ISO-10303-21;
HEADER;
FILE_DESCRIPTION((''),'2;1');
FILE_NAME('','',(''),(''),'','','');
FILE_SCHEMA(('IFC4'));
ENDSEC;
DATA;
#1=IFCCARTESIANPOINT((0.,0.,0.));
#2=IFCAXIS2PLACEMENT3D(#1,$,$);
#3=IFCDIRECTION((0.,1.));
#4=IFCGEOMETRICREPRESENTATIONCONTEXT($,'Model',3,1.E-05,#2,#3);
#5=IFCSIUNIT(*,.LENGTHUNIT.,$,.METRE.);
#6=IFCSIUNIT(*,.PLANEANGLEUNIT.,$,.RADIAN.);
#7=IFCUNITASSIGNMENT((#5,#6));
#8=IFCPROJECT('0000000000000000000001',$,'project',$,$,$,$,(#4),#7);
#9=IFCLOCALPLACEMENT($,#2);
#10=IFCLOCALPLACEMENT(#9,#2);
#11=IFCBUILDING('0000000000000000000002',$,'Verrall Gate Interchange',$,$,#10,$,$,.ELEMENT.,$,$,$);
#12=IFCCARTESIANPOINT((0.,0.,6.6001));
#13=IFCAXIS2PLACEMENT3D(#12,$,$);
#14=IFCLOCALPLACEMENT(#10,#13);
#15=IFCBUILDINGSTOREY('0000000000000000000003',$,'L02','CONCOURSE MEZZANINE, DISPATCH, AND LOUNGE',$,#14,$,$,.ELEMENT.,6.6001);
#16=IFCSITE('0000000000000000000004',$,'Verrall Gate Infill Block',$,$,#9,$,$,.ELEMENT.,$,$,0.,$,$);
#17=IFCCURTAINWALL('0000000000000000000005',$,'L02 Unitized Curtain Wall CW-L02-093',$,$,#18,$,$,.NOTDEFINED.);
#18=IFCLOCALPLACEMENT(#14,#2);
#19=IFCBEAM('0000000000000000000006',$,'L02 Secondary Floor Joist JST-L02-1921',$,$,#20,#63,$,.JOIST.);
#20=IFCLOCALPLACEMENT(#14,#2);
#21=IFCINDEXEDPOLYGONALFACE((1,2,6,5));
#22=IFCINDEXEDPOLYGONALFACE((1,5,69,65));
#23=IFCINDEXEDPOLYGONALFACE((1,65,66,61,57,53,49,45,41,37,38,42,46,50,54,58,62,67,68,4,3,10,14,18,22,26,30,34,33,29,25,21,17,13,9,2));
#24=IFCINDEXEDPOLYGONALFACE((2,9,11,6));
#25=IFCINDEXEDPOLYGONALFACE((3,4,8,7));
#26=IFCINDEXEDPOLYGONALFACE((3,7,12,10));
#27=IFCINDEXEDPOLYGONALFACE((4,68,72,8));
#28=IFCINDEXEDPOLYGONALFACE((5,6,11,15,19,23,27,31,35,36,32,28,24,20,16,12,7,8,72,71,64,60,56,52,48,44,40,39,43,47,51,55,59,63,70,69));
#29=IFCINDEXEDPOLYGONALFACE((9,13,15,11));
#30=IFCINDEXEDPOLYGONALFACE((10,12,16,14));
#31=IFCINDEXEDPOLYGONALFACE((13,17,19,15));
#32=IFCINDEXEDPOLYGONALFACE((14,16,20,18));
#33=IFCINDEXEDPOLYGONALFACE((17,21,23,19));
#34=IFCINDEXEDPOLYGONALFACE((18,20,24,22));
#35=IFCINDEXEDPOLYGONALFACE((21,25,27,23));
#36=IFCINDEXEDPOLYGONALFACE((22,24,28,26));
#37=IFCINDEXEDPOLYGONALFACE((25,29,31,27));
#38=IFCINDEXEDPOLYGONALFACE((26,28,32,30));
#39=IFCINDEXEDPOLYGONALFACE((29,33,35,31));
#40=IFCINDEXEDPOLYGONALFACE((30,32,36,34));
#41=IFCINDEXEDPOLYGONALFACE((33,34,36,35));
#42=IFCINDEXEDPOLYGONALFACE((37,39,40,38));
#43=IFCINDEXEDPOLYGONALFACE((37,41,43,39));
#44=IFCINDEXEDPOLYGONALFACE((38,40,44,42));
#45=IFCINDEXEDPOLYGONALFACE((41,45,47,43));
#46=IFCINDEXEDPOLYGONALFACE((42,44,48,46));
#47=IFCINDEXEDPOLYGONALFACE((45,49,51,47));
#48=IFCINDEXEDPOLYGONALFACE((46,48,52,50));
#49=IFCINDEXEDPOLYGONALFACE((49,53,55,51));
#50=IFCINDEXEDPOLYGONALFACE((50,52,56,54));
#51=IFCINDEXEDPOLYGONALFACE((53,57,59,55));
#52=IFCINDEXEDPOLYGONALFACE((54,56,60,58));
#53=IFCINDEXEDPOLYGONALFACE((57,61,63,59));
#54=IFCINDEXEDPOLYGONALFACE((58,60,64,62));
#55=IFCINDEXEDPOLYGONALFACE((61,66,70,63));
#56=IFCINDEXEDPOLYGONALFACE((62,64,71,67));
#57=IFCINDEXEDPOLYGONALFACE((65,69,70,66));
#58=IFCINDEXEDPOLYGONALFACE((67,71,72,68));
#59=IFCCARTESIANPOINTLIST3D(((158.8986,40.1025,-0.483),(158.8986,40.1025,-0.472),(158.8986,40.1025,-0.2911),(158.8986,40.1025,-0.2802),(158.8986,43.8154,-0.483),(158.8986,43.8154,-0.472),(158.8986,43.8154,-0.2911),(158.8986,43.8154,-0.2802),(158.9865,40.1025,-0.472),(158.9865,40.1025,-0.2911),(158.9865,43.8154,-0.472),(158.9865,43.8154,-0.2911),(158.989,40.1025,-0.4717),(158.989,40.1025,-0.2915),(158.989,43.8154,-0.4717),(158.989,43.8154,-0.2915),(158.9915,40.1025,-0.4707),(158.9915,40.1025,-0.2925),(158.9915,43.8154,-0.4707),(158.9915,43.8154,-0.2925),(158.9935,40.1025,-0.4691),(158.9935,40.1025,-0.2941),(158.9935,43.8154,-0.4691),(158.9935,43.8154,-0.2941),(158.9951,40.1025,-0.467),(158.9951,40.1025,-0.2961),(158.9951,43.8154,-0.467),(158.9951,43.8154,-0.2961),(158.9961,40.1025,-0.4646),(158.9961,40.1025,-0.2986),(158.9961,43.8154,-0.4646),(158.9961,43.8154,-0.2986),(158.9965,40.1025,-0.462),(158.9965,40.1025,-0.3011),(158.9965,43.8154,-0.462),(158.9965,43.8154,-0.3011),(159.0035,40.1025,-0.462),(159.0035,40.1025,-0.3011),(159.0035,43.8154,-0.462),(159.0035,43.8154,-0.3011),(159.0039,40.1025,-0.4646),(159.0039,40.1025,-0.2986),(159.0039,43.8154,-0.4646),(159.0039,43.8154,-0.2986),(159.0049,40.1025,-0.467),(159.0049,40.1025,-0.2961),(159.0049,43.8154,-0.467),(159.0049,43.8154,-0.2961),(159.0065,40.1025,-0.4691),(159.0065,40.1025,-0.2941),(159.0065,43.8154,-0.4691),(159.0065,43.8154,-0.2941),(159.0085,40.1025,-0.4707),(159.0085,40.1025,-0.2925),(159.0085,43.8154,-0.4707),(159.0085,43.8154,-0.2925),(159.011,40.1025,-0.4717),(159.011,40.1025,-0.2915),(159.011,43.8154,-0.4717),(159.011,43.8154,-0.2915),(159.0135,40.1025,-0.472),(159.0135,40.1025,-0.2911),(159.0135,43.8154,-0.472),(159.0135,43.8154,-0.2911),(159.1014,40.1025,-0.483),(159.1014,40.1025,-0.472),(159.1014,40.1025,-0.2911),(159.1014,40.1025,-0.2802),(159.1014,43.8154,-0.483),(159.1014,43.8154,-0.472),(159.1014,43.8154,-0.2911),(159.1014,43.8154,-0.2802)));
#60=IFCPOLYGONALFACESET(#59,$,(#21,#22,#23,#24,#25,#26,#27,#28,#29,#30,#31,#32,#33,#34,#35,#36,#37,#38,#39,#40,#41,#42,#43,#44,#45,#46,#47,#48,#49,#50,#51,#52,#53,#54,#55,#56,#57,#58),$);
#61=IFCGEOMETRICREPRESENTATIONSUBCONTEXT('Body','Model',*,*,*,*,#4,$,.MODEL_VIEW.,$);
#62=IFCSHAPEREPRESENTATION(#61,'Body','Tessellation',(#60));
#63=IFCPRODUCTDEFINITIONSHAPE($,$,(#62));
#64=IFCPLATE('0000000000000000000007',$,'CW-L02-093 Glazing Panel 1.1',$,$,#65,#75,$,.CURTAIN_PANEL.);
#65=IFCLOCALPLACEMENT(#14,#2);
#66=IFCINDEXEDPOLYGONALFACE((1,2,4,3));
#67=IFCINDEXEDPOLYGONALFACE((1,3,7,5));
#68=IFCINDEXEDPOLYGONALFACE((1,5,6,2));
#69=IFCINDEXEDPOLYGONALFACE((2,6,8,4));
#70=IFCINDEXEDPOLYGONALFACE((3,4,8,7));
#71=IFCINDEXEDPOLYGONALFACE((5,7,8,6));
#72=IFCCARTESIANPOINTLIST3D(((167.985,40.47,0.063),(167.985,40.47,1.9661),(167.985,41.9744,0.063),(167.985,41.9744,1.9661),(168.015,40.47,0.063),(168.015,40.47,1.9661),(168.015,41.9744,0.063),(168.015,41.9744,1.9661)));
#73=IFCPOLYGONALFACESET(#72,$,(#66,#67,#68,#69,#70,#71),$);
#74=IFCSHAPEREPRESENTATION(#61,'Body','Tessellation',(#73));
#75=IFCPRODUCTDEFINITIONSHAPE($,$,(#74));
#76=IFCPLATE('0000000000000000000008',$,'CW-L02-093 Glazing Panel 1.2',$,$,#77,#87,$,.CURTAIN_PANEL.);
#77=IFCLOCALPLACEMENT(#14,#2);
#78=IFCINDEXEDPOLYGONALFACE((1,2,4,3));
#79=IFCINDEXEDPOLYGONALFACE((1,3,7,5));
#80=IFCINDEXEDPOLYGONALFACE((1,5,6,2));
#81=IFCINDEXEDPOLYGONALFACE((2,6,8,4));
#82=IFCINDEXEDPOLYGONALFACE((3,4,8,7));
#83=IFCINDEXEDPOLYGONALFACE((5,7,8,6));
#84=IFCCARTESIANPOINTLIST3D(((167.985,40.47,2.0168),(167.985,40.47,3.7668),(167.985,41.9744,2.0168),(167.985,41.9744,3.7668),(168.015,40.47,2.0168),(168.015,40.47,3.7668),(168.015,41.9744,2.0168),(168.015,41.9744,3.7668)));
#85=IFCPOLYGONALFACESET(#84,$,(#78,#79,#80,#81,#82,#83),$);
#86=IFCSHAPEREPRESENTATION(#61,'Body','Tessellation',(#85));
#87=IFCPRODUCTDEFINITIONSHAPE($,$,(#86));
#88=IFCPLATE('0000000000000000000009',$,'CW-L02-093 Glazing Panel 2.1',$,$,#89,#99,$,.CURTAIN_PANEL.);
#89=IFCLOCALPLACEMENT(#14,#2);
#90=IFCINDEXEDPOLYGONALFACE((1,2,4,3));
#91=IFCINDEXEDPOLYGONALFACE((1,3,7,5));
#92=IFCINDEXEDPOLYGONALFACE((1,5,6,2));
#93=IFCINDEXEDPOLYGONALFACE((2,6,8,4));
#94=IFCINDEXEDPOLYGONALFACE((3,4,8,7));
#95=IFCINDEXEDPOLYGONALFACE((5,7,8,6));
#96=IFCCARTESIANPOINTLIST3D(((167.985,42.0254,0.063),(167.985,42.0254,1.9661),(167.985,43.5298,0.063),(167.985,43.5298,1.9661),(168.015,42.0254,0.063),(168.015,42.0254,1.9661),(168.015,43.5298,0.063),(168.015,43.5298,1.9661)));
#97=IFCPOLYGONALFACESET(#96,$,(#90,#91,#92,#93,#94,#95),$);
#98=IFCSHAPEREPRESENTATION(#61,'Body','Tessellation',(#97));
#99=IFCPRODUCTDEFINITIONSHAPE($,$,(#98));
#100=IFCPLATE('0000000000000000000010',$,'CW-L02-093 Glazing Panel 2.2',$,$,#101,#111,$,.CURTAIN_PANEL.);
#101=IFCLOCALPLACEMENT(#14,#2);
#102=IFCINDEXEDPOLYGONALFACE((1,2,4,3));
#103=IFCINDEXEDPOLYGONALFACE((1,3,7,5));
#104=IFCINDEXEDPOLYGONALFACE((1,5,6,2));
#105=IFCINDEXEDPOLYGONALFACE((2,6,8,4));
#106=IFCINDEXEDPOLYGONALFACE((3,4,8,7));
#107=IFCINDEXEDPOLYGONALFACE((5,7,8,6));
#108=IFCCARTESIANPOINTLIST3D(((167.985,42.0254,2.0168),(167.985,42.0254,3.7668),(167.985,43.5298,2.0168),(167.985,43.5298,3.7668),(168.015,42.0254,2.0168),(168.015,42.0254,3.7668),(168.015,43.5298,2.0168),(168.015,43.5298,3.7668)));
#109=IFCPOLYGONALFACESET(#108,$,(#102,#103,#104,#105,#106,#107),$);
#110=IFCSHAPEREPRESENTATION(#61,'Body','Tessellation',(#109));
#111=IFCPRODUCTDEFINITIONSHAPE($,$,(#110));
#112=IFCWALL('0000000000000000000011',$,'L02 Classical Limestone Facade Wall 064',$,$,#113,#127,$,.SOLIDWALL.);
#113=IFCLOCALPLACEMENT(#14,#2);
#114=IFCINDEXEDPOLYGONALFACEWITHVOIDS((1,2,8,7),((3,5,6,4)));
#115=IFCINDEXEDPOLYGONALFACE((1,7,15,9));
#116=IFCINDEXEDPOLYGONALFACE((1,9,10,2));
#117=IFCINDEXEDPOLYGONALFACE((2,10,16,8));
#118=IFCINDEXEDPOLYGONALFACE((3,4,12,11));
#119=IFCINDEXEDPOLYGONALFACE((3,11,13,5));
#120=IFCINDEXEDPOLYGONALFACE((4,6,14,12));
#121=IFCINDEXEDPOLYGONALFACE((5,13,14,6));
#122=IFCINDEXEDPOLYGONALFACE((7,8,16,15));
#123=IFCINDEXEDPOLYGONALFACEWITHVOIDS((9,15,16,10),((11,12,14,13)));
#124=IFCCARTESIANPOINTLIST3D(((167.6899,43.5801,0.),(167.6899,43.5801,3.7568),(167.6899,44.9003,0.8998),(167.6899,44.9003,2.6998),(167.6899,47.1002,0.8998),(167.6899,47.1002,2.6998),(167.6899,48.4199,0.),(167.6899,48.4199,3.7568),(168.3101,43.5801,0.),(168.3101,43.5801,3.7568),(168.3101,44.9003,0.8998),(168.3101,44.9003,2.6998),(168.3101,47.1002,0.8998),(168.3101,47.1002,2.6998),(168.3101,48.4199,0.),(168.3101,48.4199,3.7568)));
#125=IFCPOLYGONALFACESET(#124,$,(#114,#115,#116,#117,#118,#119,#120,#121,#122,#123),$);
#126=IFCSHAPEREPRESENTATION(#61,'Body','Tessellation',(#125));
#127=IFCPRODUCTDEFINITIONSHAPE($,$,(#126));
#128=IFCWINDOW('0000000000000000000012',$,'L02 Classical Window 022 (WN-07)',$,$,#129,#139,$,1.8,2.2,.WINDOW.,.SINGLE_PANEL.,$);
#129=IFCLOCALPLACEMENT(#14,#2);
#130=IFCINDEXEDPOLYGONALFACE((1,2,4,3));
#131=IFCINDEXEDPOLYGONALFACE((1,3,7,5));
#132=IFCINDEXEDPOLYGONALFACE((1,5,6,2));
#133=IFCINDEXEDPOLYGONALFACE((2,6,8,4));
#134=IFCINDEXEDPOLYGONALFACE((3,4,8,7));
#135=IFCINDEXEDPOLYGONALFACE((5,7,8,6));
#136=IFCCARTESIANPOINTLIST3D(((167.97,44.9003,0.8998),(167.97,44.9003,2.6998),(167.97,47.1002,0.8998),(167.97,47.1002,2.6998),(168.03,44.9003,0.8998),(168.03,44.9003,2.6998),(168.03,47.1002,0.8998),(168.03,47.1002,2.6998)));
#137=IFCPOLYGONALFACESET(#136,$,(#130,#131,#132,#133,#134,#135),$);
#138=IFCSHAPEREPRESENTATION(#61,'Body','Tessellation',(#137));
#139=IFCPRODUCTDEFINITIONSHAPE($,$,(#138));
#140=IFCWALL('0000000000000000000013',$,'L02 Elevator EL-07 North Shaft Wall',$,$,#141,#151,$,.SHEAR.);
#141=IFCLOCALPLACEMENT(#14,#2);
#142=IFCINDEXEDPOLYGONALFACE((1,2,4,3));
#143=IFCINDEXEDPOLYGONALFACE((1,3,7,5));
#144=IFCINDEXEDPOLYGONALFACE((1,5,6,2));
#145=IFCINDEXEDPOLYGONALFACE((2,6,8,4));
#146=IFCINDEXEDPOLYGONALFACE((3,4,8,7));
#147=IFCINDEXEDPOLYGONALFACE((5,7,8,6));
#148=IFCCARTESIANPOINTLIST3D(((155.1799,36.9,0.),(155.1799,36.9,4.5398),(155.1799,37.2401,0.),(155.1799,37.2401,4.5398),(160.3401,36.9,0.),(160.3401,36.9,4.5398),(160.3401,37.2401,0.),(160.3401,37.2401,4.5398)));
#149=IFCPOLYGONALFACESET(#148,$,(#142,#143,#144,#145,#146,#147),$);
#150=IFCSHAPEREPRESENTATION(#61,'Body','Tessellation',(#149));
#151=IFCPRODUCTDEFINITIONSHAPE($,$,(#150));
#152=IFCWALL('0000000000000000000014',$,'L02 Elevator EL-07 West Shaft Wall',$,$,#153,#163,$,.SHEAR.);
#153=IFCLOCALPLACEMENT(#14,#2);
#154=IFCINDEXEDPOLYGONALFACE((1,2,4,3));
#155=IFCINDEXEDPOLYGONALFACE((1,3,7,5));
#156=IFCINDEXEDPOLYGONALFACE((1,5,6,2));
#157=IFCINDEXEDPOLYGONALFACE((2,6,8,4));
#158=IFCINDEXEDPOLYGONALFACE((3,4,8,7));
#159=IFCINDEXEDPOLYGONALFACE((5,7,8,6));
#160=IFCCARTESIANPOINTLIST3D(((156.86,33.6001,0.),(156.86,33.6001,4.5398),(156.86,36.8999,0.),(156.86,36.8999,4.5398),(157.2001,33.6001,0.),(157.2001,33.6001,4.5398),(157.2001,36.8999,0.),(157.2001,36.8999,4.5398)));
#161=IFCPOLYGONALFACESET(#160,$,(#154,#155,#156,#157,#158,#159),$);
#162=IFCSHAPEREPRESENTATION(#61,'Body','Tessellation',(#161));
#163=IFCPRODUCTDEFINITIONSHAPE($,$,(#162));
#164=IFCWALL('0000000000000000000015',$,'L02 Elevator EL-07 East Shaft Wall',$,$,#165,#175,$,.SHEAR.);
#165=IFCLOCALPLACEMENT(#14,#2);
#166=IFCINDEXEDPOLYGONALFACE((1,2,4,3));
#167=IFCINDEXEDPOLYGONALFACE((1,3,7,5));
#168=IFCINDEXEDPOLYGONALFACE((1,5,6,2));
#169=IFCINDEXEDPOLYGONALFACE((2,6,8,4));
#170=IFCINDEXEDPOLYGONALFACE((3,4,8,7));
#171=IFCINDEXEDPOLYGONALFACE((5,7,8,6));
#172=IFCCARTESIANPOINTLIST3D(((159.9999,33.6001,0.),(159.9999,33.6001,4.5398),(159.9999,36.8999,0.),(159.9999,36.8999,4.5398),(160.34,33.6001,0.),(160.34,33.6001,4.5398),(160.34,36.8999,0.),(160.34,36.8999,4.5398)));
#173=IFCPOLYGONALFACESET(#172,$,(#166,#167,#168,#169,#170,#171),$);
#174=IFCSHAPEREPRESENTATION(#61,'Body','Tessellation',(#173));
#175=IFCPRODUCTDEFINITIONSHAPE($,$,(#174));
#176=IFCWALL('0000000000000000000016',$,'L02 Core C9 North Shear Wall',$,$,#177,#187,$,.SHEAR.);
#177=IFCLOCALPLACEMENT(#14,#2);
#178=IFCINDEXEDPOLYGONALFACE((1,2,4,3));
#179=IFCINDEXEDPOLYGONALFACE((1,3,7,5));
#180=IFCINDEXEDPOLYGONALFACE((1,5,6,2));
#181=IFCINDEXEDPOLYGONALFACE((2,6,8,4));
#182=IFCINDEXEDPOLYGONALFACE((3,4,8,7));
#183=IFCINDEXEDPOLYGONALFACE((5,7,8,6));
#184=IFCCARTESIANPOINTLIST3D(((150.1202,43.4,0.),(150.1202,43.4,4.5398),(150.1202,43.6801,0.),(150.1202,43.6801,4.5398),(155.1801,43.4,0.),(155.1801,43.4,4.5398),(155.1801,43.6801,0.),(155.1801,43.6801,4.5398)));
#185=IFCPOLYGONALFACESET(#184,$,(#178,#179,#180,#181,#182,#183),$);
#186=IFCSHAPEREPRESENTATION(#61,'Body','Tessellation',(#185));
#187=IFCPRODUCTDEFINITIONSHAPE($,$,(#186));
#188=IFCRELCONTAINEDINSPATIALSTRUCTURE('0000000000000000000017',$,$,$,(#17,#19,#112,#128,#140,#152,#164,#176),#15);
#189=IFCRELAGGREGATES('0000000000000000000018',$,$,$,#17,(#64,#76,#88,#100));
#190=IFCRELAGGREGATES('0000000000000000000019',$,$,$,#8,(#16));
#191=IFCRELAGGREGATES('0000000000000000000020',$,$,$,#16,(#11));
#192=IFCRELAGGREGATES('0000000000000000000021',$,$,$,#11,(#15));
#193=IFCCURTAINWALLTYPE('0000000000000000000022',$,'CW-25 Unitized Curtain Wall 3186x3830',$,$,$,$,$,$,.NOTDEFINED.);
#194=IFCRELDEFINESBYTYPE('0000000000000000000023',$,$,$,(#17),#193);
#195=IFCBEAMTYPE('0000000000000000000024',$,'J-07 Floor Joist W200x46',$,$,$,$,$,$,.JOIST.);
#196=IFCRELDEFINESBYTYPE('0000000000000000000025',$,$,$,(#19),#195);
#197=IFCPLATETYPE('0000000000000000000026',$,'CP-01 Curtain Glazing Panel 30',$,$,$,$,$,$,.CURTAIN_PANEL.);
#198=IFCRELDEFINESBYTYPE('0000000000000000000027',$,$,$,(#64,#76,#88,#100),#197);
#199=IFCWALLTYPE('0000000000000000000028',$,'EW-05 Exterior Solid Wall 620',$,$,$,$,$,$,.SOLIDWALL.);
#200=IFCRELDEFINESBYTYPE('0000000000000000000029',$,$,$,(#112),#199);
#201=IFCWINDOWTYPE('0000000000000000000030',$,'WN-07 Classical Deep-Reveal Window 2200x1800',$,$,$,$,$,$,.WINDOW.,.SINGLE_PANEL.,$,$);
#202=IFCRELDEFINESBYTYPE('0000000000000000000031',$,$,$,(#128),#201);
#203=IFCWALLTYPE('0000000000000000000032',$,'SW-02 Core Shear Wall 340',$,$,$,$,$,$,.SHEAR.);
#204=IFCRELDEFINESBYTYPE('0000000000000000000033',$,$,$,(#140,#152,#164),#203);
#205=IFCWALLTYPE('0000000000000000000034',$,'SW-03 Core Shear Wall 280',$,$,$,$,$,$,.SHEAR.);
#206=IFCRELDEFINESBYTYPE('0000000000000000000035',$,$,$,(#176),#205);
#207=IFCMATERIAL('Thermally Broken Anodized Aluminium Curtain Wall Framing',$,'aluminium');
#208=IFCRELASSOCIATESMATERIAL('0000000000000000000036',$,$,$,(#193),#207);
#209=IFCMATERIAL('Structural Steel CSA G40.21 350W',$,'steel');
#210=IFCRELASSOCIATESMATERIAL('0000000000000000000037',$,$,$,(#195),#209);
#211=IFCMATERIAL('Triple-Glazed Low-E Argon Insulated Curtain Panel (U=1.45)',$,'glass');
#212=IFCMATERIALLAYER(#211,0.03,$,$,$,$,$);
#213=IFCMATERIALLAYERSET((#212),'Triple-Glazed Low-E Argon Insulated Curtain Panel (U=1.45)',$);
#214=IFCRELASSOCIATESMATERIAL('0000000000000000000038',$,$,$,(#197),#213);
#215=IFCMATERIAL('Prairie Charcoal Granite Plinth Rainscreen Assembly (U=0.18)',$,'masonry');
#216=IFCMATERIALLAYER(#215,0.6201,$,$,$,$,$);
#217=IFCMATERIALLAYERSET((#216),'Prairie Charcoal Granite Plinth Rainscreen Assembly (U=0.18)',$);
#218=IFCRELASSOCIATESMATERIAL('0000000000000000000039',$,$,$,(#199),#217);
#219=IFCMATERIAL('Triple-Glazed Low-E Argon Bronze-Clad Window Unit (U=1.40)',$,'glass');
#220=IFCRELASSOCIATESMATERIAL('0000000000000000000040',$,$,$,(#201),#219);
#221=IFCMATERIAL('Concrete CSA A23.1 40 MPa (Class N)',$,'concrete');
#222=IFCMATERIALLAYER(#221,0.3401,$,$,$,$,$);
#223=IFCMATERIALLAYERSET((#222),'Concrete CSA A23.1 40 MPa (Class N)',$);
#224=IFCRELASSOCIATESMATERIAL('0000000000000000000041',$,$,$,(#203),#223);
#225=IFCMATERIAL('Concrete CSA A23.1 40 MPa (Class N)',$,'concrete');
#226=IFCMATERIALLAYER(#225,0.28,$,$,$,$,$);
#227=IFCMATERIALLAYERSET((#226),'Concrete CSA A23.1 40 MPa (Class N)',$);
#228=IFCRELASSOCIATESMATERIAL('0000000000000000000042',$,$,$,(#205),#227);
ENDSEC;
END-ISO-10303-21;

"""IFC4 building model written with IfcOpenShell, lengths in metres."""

from ifc_helpers import new_model, si_unit, direction, frame, frame_2d, origin, origin_2d, place, context, subcontext, project, spatial, rectangle, i_section, extrude, material, layer, layer_set, material_profile, profile_set, type_object, element, fill, aggregate, save


model = new_model("IFC4")

# Units and contexts
model_context = context("Model", 3, precision=1e-05, world=origin(), true_north=direction((0.0, 1.0)))
body_context = subcontext(model_context, "Body", "Model", "MODEL_VIEW")
ifc_project = project(units=[si_unit("LENGTHUNIT", "METRE"), si_unit("PLANEANGLEUNIT", "RADIAN")], contexts=[model_context])

# Site, building, storey
site_placement = place(None, origin())
site = spatial("IfcSite", under=ifc_project, at=site_placement, Name="Verrall Gate Infill Block", CompositionType="ELEMENT", RefElevation=0.0)
building_placement = place(site_placement, origin())
building = spatial("IfcBuilding", under=site, at=building_placement, Name="Verrall Gate Interchange", CompositionType="ELEMENT")
storey_placement = place(building_placement, frame((0.0, 0.0, 6.6001)))
storey = spatial("IfcBuildingStorey", under=building, at=storey_placement, Name="L02", Description="CONCOURSE MEZZANINE, DISPATCH, AND LOUNGE", CompositionType="ELEMENT", Elevation=6.6001)

# Curtain wall
ifc_material_1 = material(Name="Thermally Broken Anodized Aluminium Curtain Wall Framing", Category="aluminium")
curtain_wall_type = type_object("IfcCurtainWallType", Name="CW-25 Unitized Curtain Wall 3186x3830", PredefinedType="NOTDEFINED", material=ifc_material_1)
curtain_wall_placement = place(storey_placement, origin())
curtain_wall = element("IfcCurtainWall", 1, at=curtain_wall_placement, inside=storey, type_object=curtain_wall_type, Name="L02 Unitized Curtain Wall CW-L02-093", PredefinedType="NOTDEFINED")

# Beam
ifc_material_2 = material(Name="Structural Steel CSA G40.21 350W", Category="steel")
ifc_material_profile_1 = material_profile(ifc_material_2, i_section(OverallWidth=0.2029, OverallDepth=0.2029, WebThickness=0.0071, FlangeThickness=0.011, FilletRadius=0.01, at=origin_2d()), Name="W200x46")
ifc_profile_set_1 = profile_set([ifc_material_profile_1], Name="Structural Steel CSA G40.21 350W")
beam_type_1 = type_object("IfcBeamType", Name="J-07 Floor Joist W200x46", PredefinedType="JOIST", material=ifc_profile_set_1)
beam_1_placement = place(storey_placement, frame((159.0, 40.1025, -0.3816), z_axis=(0.0, 1.0, 0.0), x_axis=(-1.0, 0.0, 0.0)))
element("IfcBeam", 2, at=beam_1_placement, inside=storey, type_object=beam_type_1, Name="L02 Secondary Floor Joist JST-L02-1921", PredefinedType="JOIST", context=body_context, shape_type="SweptSolid", body=[
    extrude(i_section(OverallWidth=0.2029, OverallDepth=0.2029, WebThickness=0.0071, FlangeThickness=0.011, FilletRadius=0.01, at=origin_2d()), origin(), (0.0, 0.0, 1.0), 3.7129),
])

# Plates
ifc_material_3 = material(Name="Triple-Glazed Low-E Argon Insulated Curtain Panel (U=1.45)", Category="glass")
ifc_layer_1 = layer(ifc_material_3, 0.03)
ifc_layer_set_1 = layer_set([ifc_layer_1], Name="Triple-Glazed Low-E Argon Insulated Curtain Panel (U=1.45)")
plate_type = type_object("IfcPlateType", Name="CP-01 Curtain Glazing Panel 30", PredefinedType="CURTAIN_PANEL", material=ifc_layer_set_1)
plate_1_placement = place(storey_placement, frame((168.0, 41.2222, 0.063), z_axis=(0.0, 0.0, 1.0), x_axis=(0.0, 1.0, 0.0)))
plate_1 = element("IfcPlate", 3, at=plate_1_placement, type_object=plate_type, Name="CW-L02-093 Glazing Panel 1.1", PredefinedType="CURTAIN_PANEL", context=body_context, shape_type="SweptSolid", body=[
    extrude(rectangle(XDim=1.5044, YDim=0.03, at=origin_2d()), origin(), (0.0, 0.0, 1.0), 1.9031),
])
plate_2_placement = place(storey_placement, frame((168.0, 41.2222, 2.0168), z_axis=(0.0, 0.0, 1.0), x_axis=(0.0, 1.0, 0.0)))
plate_2 = element("IfcPlate", 4, at=plate_2_placement, type_object=plate_type, Name="CW-L02-093 Glazing Panel 1.2", PredefinedType="CURTAIN_PANEL", context=body_context, shape_type="SweptSolid", body=[
    extrude(rectangle(XDim=1.5044, YDim=0.03, at=origin_2d()), origin(), (0.0, 0.0, 1.0), 1.75),
])
plate_3_placement = place(storey_placement, frame((168.0, 42.7776, 0.063), z_axis=(0.0, 0.0, 1.0), x_axis=(0.0, 1.0, 0.0)))
plate_3 = element("IfcPlate", 5, at=plate_3_placement, type_object=plate_type, Name="CW-L02-093 Glazing Panel 2.1", PredefinedType="CURTAIN_PANEL", context=body_context, shape_type="SweptSolid", body=[
    extrude(rectangle(XDim=1.5044, YDim=0.03, at=origin_2d()), origin(), (0.0, 0.0, 1.0), 1.9031),
])
plate_4_placement = place(storey_placement, frame((168.0, 42.7776, 2.0168), z_axis=(0.0, 0.0, 1.0), x_axis=(0.0, 1.0, 0.0)))
plate_4 = element("IfcPlate", 6, at=plate_4_placement, type_object=plate_type, Name="CW-L02-093 Glazing Panel 2.2", PredefinedType="CURTAIN_PANEL", context=body_context, shape_type="SweptSolid", body=[
    extrude(rectangle(XDim=1.5044, YDim=0.03, at=origin_2d()), origin(), (0.0, 0.0, 1.0), 1.75),
])
aggregate(curtain_wall, [plate_1, plate_2, plate_3, plate_4])

# Wall, opening, window
ifc_material_4 = material(Name="Prairie Charcoal Granite Plinth Rainscreen Assembly (U=0.18)", Category="masonry")
ifc_layer_2 = layer(ifc_material_4, 0.6201)
ifc_layer_set_2 = layer_set([ifc_layer_2], Name="Prairie Charcoal Granite Plinth Rainscreen Assembly (U=0.18)")
wall_type_1 = type_object("IfcWallType", Name="EW-05 Exterior Solid Wall 620", PredefinedType="SOLIDWALL", material=ifc_layer_set_2)
wall_1_placement = place(storey_placement, frame((168.0, 43.5801, 0.0), z_axis=(0.0, 0.0, 1.0), x_axis=(0.0, 1.0, 0.0)))
wall_1 = element("IfcWall", 7, at=wall_1_placement, inside=storey, type_object=wall_type_1, Name="L02 Classical Limestone Facade Wall 064", PredefinedType="SOLIDWALL", context=body_context, shape_type="SweptSolid", body=[
    extrude(rectangle(XDim=4.8398, YDim=0.6201, at=frame_2d((2.4199, 0.0))), origin(), (0.0, 0.0, 1.0), 3.7568),
])
opening_placement = place(wall_1_placement, frame((1.3201, 0.0, 0.8999)))
opening = element("IfcOpeningElement", 8, at=opening_placement, cuts=wall_1, PredefinedType="OPENING", context=body_context, shape_type="SweptSolid", body=[
    extrude(rectangle(XDim=2.2, YDim=1.8, at=frame_2d((1.1001, 0.8999))), frame((0.0, 0.325, 0.0), z_axis=(0.0, -1.0, 0.0), x_axis=(1.0, 0.0, 0.0)), (0.0, 0.0, 1.0), 0.6499),
])
ifc_material_5 = material(Name="Triple-Glazed Low-E Argon Bronze-Clad Window Unit (U=1.40)", Category="glass")
window_type = type_object("IfcWindowType", Name="WN-07 Classical Deep-Reveal Window 2200x1800", PartitioningType="SINGLE_PANEL", PredefinedType="WINDOW", material=ifc_material_5)
window_placement = place(opening_placement, origin())
window = element("IfcWindow", 9, at=window_placement, inside=storey, type_object=window_type, Name="L02 Classical Window 022 (WN-07)", OverallHeight=1.8, OverallWidth=2.2, PartitioningType="SINGLE_PANEL", PredefinedType="WINDOW", context=body_context, shape_type="SweptSolid", body=[
    extrude(rectangle(XDim=2.2, YDim=1.8, at=frame_2d((1.1001, 0.8999))), frame((0.0, 0.03, 0.0), z_axis=(0.0, -1.0, 0.0), x_axis=(1.0, 0.0, 0.0)), (0.0, 0.0, 1.0), 0.0601),
])
fill(opening, window)

# Walls
ifc_material_6 = material(Name="Concrete CSA A23.1 40 MPa (Class N)", Category="concrete")
ifc_layer_3 = layer(ifc_material_6, 0.3401)
ifc_layer_set_3 = layer_set([ifc_layer_3], Name="Concrete CSA A23.1 40 MPa (Class N)")
wall_type_2 = type_object("IfcWallType", Name="SW-02 Core Shear Wall 340", PredefinedType="SHEAR", material=ifc_layer_set_3)
wall_2_placement = place(storey_placement, frame((160.3401, 37.0701, 0.0), z_axis=(0.0, 0.0, 1.0), x_axis=(-1.0, 0.0, 0.0)))
element("IfcWall", 10, at=wall_2_placement, inside=storey, type_object=wall_type_2, Name="L02 Elevator EL-07 North Shaft Wall", PredefinedType="SHEAR", context=body_context, shape_type="SweptSolid", body=[
    extrude(rectangle(XDim=5.1602, YDim=0.3401, at=frame_2d((2.5801, 0.0))), origin(), (0.0, 0.0, 1.0), 4.5398),
])
for number, where, z_axis, x_axis, name in (
    (11, (157.03, 36.8999, 0.0), (0.0, 0.0, 1.0), (0.0, -1.0, 0.0), "L02 Elevator EL-07 West Shaft Wall"),
    (12, (160.1699, 33.6001, 0.0), (0.0, 0.0, 1.0), (0.0, 1.0, 0.0), "L02 Elevator EL-07 East Shaft Wall"),
):
    element("IfcWall", number, at=place(storey_placement, frame(where, z_axis=z_axis, x_axis=x_axis)), inside=storey, type_object=wall_type_2, Name=name, PredefinedType="SHEAR", context=body_context, shape_type="SweptSolid", body=[
        extrude(rectangle(XDim=3.2998, YDim=0.3401, at=frame_2d((1.6499, 0.0))), origin(), (0.0, 0.0, 1.0), 4.5398),
    ])
ifc_material_7 = material(Name="Concrete CSA A23.1 40 MPa (Class N)", Category="concrete")
ifc_layer_4 = layer(ifc_material_7, 0.28)
ifc_layer_set_4 = layer_set([ifc_layer_4], Name="Concrete CSA A23.1 40 MPa (Class N)")
wall_type_3 = type_object("IfcWallType", Name="SW-03 Core Shear Wall 280", PredefinedType="SHEAR", material=ifc_layer_set_4)
wall_3_placement = place(storey_placement, frame((155.1799, 43.54, 0.0), z_axis=(0.0, 0.0, 1.0), x_axis=(-1.0, 0.0, 0.0)))
element("IfcWall", 13, at=wall_3_placement, inside=storey, type_object=wall_type_3, Name="L02 Core C9 North Shear Wall", PredefinedType="SHEAR", context=body_context, shape_type="SweptSolid", body=[
    extrude(rectangle(XDim=5.0598, YDim=0.28, at=frame_2d((2.5298, 0.0))), origin(), (0.0, 0.0, 1.0), 4.5398),
])

save(model, "model.ifc")
